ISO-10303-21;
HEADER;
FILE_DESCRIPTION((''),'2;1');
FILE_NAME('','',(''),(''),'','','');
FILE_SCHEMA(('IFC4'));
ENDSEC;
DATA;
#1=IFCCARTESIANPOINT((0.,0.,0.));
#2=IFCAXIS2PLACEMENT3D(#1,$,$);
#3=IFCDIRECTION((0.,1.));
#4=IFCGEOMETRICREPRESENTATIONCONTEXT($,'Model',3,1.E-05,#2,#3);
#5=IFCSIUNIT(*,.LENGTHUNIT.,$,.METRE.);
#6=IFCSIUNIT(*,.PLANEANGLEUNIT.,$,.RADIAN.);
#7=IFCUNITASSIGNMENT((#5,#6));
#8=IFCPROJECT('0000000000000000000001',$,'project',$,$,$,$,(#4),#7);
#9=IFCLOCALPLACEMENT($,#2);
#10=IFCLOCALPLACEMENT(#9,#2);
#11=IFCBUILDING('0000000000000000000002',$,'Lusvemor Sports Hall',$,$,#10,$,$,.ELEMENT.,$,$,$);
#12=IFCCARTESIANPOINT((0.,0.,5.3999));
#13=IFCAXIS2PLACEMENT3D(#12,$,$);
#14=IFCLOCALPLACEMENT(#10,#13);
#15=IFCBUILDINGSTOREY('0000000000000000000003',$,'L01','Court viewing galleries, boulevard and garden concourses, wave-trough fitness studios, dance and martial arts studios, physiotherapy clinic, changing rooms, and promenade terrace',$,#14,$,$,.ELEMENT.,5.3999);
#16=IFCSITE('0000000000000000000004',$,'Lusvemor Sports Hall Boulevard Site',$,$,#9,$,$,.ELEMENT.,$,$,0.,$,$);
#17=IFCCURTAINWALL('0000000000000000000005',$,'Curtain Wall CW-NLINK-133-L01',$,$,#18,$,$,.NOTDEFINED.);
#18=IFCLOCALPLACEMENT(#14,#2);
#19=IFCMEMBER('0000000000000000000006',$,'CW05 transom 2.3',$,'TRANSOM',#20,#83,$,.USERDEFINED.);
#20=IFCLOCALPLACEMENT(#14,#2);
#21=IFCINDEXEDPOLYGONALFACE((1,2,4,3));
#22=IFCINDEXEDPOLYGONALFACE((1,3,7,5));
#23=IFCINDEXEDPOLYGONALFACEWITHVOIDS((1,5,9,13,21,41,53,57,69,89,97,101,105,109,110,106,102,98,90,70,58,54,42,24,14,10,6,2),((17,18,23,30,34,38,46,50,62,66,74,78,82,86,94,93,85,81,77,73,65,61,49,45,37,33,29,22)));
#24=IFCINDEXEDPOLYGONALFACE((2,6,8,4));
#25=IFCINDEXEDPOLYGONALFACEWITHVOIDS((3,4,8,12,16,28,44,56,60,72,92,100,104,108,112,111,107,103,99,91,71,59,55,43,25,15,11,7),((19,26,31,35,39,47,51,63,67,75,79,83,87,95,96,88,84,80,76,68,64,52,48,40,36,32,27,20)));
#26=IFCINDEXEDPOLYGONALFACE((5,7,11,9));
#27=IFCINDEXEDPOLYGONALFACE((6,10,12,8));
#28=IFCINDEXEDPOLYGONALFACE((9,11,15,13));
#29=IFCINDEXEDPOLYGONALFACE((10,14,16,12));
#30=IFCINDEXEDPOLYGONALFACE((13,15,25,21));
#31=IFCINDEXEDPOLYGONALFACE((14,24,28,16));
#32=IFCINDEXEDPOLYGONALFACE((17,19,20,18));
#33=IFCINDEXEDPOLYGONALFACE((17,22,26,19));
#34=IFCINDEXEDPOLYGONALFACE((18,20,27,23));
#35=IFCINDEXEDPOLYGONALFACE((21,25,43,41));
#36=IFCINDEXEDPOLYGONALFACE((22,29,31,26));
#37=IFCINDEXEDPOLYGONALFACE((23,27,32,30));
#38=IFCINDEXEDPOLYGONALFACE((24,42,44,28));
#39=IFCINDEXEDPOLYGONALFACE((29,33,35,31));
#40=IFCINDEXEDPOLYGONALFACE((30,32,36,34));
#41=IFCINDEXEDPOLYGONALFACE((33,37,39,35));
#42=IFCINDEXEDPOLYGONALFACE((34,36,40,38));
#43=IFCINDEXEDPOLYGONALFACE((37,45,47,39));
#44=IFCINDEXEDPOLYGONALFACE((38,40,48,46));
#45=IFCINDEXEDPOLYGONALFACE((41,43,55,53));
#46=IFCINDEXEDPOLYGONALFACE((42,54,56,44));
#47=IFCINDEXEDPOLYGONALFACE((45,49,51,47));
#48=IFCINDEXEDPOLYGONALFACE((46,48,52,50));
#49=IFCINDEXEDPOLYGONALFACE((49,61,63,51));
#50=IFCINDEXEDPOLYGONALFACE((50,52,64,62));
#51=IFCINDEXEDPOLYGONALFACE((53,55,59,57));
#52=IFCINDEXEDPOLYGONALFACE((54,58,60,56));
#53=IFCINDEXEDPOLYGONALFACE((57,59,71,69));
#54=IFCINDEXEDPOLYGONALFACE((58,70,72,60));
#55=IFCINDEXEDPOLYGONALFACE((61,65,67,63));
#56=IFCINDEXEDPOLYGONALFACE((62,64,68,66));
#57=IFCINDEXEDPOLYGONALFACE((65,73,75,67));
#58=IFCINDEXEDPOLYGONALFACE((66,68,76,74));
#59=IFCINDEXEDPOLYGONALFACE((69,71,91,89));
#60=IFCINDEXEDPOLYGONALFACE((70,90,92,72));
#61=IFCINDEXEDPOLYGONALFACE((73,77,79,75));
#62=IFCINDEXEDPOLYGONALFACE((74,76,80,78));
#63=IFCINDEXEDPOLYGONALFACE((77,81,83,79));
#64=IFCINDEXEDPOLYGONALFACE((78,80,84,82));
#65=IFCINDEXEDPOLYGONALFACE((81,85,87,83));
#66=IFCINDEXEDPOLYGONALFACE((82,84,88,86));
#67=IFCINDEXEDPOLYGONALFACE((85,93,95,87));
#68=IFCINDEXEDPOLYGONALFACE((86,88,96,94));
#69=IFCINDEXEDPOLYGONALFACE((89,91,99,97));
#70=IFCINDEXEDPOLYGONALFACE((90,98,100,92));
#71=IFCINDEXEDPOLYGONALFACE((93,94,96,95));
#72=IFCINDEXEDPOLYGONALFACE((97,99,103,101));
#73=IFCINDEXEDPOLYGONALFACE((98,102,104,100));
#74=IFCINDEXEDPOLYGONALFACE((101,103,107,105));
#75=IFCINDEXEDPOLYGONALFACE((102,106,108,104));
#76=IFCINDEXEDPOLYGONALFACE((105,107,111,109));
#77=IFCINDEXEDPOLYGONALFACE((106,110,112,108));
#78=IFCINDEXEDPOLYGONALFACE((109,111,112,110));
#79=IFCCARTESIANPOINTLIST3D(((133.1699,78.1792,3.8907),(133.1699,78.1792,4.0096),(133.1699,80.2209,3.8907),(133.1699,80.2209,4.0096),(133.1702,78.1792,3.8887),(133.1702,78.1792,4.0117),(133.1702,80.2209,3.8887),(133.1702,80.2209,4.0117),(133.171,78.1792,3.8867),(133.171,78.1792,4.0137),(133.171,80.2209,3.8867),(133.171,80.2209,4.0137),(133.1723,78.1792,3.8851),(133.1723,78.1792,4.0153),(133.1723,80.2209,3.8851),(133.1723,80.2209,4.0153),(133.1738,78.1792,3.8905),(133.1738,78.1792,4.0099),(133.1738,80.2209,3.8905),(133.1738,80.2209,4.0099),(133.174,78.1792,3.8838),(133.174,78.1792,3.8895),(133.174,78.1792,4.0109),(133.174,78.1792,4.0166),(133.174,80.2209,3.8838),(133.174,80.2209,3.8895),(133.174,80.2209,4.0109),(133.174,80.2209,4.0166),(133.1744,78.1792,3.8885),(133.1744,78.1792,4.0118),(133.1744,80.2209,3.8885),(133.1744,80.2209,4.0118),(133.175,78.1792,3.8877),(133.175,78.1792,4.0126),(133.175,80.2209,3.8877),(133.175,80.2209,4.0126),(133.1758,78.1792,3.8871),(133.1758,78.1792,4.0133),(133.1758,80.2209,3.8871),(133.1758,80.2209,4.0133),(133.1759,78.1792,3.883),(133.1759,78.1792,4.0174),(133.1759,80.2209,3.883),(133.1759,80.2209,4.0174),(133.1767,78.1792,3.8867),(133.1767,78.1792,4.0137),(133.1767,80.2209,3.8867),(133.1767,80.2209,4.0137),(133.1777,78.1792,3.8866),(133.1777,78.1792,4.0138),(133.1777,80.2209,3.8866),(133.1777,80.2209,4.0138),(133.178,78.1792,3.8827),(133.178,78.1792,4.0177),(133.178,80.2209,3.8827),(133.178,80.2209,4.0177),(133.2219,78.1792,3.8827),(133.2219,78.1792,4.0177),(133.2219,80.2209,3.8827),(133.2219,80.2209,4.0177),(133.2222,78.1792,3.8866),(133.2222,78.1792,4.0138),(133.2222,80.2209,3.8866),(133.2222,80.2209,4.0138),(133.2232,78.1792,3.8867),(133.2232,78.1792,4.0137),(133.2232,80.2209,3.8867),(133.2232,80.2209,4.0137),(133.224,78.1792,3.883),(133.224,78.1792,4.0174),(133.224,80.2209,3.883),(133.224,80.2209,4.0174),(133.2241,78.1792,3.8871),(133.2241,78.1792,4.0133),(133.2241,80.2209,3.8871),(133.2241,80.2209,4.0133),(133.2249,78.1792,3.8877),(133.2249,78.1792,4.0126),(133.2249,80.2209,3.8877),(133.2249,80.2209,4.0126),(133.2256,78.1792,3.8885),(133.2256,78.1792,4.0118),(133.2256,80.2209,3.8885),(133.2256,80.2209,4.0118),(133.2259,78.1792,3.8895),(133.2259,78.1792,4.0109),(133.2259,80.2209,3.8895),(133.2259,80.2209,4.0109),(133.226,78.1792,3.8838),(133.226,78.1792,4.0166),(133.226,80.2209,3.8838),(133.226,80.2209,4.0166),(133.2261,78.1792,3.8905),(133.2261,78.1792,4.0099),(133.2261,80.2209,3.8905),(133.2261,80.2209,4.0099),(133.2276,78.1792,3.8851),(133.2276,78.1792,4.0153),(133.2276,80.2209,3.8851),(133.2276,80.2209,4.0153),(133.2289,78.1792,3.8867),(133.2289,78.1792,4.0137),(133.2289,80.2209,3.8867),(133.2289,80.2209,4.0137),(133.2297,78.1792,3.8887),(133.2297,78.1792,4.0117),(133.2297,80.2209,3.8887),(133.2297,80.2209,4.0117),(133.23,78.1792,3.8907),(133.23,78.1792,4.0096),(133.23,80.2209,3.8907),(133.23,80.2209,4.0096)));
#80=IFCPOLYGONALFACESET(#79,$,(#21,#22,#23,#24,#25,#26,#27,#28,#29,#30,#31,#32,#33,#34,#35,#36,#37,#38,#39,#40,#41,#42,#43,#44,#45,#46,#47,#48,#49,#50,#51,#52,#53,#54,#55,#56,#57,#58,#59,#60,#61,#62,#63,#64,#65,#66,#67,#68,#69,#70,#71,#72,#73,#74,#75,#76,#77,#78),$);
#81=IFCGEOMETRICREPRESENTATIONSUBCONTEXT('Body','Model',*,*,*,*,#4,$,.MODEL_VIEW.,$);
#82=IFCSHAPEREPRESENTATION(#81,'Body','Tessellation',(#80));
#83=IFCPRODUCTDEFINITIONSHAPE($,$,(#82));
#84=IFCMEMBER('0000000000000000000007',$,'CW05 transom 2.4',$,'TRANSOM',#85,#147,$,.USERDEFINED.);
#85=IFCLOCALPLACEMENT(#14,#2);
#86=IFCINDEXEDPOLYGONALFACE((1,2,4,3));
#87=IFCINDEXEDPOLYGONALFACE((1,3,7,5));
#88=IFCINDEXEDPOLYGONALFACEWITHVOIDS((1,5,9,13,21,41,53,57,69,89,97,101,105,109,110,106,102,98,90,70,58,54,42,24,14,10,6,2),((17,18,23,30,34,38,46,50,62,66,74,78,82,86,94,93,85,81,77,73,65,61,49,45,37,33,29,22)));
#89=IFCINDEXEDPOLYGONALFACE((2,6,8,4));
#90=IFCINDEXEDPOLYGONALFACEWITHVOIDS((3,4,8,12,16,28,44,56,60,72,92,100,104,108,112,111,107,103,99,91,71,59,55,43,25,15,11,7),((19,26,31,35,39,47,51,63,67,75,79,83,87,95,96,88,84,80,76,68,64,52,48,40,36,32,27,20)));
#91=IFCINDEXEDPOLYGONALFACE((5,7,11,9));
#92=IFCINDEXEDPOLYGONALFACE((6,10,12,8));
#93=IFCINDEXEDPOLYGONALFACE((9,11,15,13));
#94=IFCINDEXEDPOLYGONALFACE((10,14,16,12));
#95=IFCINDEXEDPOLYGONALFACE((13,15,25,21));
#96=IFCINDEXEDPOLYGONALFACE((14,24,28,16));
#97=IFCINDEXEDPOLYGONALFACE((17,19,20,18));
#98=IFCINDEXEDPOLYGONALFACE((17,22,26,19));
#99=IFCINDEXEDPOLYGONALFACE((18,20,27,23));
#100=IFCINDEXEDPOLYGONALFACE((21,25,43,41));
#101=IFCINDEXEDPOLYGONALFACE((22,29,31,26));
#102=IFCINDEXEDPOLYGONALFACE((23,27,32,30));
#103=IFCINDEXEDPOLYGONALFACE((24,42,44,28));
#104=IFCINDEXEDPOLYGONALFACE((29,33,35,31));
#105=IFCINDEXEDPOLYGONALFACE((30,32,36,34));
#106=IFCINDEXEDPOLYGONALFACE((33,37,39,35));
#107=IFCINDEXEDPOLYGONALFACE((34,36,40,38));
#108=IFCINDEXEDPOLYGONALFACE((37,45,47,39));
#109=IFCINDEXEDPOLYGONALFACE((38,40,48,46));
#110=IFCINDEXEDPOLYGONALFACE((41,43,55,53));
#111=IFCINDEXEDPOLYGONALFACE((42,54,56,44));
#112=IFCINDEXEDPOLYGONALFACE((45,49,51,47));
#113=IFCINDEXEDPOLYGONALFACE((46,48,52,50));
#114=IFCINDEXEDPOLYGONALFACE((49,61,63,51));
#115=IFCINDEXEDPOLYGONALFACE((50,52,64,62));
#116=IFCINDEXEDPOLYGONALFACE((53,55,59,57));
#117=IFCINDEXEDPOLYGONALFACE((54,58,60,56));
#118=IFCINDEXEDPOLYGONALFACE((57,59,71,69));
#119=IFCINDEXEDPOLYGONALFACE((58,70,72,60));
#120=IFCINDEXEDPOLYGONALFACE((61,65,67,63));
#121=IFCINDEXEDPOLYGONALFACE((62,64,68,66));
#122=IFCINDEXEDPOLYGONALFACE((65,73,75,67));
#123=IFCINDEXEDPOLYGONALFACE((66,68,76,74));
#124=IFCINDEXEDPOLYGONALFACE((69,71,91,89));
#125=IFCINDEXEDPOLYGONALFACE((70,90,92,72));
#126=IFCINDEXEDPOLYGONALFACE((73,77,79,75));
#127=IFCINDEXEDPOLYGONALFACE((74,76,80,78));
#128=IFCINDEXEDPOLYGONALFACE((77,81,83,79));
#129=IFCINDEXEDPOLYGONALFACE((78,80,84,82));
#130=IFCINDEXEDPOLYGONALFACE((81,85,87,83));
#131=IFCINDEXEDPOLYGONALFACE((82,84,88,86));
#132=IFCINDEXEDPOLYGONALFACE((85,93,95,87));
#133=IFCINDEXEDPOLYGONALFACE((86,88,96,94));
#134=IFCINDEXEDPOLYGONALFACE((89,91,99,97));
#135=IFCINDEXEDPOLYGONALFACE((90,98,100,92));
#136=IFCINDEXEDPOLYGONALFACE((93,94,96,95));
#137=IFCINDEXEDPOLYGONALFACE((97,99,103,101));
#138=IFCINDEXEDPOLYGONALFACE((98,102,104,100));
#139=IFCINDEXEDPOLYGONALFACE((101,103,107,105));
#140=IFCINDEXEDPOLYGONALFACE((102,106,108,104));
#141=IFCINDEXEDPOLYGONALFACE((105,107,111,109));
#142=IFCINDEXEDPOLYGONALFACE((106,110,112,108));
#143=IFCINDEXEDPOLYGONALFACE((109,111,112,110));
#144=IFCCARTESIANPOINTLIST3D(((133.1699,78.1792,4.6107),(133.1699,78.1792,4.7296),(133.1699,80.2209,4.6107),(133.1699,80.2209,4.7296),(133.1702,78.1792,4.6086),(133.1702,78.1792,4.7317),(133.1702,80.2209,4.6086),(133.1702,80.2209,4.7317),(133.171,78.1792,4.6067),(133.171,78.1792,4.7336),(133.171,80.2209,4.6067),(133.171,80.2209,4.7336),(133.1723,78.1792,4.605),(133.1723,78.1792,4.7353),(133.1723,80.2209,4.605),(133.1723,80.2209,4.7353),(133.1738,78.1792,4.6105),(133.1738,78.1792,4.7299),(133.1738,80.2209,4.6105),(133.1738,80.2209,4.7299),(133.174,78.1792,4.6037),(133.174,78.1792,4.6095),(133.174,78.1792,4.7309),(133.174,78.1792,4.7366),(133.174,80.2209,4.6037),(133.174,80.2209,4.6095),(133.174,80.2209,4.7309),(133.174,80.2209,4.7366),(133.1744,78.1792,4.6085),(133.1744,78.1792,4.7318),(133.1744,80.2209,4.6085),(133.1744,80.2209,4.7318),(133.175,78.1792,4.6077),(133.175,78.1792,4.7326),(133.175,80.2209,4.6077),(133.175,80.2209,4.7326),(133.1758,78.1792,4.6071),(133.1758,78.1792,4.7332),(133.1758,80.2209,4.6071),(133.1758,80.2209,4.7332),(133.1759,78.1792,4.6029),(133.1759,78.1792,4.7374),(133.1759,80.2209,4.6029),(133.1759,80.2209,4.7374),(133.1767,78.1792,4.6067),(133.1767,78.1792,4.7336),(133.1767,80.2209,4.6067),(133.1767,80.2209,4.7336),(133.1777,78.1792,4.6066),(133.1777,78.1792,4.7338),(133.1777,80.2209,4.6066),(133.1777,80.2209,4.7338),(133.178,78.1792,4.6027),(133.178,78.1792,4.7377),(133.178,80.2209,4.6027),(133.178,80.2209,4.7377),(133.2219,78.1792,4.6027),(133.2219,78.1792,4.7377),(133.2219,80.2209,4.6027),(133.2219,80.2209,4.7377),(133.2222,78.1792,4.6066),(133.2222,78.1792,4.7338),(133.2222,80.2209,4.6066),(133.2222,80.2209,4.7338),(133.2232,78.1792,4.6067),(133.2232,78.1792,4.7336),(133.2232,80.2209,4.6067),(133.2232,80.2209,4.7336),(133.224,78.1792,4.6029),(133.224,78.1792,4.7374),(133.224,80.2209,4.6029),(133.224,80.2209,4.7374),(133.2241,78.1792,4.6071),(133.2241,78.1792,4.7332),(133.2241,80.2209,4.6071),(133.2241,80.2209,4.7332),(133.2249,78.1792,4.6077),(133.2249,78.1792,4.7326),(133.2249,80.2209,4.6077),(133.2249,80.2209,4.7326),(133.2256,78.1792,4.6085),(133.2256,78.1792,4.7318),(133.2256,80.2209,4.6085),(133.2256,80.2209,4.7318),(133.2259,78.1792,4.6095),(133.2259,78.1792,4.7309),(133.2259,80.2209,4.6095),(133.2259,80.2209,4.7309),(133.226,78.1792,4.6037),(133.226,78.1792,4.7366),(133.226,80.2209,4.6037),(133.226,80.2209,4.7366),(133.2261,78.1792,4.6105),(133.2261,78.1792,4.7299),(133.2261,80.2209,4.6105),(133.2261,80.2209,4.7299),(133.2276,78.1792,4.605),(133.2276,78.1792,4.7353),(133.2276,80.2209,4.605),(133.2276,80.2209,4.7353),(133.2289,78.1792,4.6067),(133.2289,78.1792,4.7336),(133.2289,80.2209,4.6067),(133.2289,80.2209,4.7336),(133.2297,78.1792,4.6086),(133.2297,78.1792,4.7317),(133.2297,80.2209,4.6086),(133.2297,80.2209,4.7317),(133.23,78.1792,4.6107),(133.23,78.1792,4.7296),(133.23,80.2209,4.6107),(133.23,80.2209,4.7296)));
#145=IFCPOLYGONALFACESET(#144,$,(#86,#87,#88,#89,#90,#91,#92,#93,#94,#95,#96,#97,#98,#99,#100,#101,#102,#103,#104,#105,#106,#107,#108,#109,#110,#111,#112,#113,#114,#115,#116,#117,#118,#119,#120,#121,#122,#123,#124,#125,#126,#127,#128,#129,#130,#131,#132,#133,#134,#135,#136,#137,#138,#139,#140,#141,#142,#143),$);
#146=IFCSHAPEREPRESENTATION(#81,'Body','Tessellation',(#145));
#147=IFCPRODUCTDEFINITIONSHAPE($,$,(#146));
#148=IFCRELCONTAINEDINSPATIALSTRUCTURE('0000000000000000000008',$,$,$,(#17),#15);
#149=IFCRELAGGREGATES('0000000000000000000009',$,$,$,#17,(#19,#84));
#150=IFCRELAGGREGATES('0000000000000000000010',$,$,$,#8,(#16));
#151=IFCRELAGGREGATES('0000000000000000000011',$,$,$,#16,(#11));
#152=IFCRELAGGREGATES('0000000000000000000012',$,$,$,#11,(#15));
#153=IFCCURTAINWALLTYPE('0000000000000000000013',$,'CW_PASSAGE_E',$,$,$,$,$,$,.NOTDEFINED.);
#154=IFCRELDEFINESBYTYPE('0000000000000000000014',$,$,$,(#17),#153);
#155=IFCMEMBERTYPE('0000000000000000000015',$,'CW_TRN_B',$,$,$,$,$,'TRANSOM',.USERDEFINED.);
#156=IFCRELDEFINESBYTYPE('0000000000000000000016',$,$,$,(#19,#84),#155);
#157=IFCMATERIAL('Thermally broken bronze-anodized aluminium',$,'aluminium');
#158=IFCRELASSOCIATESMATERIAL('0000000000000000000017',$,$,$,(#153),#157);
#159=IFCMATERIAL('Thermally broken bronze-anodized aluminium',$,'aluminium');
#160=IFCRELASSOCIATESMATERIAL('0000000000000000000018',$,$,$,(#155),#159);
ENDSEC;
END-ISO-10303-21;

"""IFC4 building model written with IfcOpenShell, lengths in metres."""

from ifc_helpers import new_model, si_unit, direction, frame, origin, origin_2d, place, context, subcontext, project, spatial, hollow_rectangle, extrude, material, material_profile, profile_set, type_object, element, aggregate, save


model = new_model("IFC4")

# Units and contexts
model_context = context("Model", 3, precision=1e-05, world=origin(), true_north=direction((0.0, 1.0)))
body_context = subcontext(model_context, "Body", "Model", "MODEL_VIEW")
ifc_project = project(units=[si_unit("LENGTHUNIT", "METRE"), si_unit("PLANEANGLEUNIT", "RADIAN")], contexts=[model_context])

# Site, building, storey
site_placement = place(None, origin())
site = spatial("IfcSite", under=ifc_project, at=site_placement, Name="Lusvemor Sports Hall Boulevard Site", CompositionType="ELEMENT", RefElevation=0.0)
building_placement = place(site_placement, origin())
building = spatial("IfcBuilding", under=site, at=building_placement, Name="Lusvemor Sports Hall", CompositionType="ELEMENT")
storey_placement = place(building_placement, frame((0.0, 0.0, 5.3999)))
storey = spatial("IfcBuildingStorey", under=building, at=storey_placement, Name="L01", Description="Court viewing galleries, boulevard and garden concourses, wave-trough fitness studios, dance and martial arts studios, physiotherapy clinic, changing rooms, and promenade terrace", CompositionType="ELEMENT", Elevation=5.3999)

# Curtain wall
ifc_material_1 = material(Name="Thermally broken bronze-anodized aluminium", Category="aluminium")
curtain_wall_type_1 = type_object("IfcCurtainWallType", Name="CW_PASSAGE_E", PredefinedType="NOTDEFINED", material=ifc_material_1)
curtain_wall_1_placement = place(storey_placement, origin())
curtain_wall_1 = element("IfcCurtainWall", 1, at=curtain_wall_1_placement, inside=storey, type_object=curtain_wall_type_1, Name="Curtain Wall CW-NLINK-133-L01", PredefinedType="NOTDEFINED")

# Members
ifc_material_2 = material(Name="Thermally broken bronze-anodized aluminium", Category="aluminium")
ifc_material_profile_1 = material_profile(ifc_material_2, hollow_rectangle(XDim=0.0601, YDim=0.135, WallThickness=0.0039, InnerFilletRadius=0.0039, OuterFilletRadius=0.0081, at=origin_2d()), Name="CWTRN135x60x4")
ifc_profile_set_1 = profile_set([ifc_material_profile_1], Name="Thermally broken bronze-anodized aluminium")
member_type_1 = type_object("IfcMemberType", Name="CW_TRN_B", ElementType="TRANSOM", PredefinedType="USERDEFINED", material=ifc_profile_set_1)
member_1_placement = place(storey_placement, frame((133.2, 78.1792, 3.9502), z_axis=(0.0, 1.0, 0.0), x_axis=(-1.0, 0.0, 0.0)))
member_1 = element("IfcMember", 2, at=member_1_placement, type_object=member_type_1, Name="CW05 transom 2.3", ObjectType="TRANSOM", PredefinedType="USERDEFINED", context=body_context, shape_type="SweptSolid", body=[
    extrude(hollow_rectangle(XDim=0.0601, YDim=0.135, WallThickness=0.0039, InnerFilletRadius=0.0039, OuterFilletRadius=0.0081, at=origin_2d()), origin(), (0.0, 0.0, 1.0), 2.0417),
])
member_2_placement = place(storey_placement, frame((133.2, 78.1792, 4.6702), z_axis=(0.0, 1.0, 0.0), x_axis=(-1.0, 0.0, 0.0)))
member_2 = element("IfcMember", 3, at=member_2_placement, type_object=member_type_1, Name="CW05 transom 2.4", ObjectType="TRANSOM", PredefinedType="USERDEFINED", context=body_context, shape_type="SweptSolid", body=[
    extrude(hollow_rectangle(XDim=0.0601, YDim=0.135, WallThickness=0.0039, InnerFilletRadius=0.0039, OuterFilletRadius=0.0081, at=origin_2d()), origin(), (0.0, 0.0, 1.0), 2.0417),
])

aggregate(curtain_wall_1, [member_1, member_2])

save(model, "model.ifc")
